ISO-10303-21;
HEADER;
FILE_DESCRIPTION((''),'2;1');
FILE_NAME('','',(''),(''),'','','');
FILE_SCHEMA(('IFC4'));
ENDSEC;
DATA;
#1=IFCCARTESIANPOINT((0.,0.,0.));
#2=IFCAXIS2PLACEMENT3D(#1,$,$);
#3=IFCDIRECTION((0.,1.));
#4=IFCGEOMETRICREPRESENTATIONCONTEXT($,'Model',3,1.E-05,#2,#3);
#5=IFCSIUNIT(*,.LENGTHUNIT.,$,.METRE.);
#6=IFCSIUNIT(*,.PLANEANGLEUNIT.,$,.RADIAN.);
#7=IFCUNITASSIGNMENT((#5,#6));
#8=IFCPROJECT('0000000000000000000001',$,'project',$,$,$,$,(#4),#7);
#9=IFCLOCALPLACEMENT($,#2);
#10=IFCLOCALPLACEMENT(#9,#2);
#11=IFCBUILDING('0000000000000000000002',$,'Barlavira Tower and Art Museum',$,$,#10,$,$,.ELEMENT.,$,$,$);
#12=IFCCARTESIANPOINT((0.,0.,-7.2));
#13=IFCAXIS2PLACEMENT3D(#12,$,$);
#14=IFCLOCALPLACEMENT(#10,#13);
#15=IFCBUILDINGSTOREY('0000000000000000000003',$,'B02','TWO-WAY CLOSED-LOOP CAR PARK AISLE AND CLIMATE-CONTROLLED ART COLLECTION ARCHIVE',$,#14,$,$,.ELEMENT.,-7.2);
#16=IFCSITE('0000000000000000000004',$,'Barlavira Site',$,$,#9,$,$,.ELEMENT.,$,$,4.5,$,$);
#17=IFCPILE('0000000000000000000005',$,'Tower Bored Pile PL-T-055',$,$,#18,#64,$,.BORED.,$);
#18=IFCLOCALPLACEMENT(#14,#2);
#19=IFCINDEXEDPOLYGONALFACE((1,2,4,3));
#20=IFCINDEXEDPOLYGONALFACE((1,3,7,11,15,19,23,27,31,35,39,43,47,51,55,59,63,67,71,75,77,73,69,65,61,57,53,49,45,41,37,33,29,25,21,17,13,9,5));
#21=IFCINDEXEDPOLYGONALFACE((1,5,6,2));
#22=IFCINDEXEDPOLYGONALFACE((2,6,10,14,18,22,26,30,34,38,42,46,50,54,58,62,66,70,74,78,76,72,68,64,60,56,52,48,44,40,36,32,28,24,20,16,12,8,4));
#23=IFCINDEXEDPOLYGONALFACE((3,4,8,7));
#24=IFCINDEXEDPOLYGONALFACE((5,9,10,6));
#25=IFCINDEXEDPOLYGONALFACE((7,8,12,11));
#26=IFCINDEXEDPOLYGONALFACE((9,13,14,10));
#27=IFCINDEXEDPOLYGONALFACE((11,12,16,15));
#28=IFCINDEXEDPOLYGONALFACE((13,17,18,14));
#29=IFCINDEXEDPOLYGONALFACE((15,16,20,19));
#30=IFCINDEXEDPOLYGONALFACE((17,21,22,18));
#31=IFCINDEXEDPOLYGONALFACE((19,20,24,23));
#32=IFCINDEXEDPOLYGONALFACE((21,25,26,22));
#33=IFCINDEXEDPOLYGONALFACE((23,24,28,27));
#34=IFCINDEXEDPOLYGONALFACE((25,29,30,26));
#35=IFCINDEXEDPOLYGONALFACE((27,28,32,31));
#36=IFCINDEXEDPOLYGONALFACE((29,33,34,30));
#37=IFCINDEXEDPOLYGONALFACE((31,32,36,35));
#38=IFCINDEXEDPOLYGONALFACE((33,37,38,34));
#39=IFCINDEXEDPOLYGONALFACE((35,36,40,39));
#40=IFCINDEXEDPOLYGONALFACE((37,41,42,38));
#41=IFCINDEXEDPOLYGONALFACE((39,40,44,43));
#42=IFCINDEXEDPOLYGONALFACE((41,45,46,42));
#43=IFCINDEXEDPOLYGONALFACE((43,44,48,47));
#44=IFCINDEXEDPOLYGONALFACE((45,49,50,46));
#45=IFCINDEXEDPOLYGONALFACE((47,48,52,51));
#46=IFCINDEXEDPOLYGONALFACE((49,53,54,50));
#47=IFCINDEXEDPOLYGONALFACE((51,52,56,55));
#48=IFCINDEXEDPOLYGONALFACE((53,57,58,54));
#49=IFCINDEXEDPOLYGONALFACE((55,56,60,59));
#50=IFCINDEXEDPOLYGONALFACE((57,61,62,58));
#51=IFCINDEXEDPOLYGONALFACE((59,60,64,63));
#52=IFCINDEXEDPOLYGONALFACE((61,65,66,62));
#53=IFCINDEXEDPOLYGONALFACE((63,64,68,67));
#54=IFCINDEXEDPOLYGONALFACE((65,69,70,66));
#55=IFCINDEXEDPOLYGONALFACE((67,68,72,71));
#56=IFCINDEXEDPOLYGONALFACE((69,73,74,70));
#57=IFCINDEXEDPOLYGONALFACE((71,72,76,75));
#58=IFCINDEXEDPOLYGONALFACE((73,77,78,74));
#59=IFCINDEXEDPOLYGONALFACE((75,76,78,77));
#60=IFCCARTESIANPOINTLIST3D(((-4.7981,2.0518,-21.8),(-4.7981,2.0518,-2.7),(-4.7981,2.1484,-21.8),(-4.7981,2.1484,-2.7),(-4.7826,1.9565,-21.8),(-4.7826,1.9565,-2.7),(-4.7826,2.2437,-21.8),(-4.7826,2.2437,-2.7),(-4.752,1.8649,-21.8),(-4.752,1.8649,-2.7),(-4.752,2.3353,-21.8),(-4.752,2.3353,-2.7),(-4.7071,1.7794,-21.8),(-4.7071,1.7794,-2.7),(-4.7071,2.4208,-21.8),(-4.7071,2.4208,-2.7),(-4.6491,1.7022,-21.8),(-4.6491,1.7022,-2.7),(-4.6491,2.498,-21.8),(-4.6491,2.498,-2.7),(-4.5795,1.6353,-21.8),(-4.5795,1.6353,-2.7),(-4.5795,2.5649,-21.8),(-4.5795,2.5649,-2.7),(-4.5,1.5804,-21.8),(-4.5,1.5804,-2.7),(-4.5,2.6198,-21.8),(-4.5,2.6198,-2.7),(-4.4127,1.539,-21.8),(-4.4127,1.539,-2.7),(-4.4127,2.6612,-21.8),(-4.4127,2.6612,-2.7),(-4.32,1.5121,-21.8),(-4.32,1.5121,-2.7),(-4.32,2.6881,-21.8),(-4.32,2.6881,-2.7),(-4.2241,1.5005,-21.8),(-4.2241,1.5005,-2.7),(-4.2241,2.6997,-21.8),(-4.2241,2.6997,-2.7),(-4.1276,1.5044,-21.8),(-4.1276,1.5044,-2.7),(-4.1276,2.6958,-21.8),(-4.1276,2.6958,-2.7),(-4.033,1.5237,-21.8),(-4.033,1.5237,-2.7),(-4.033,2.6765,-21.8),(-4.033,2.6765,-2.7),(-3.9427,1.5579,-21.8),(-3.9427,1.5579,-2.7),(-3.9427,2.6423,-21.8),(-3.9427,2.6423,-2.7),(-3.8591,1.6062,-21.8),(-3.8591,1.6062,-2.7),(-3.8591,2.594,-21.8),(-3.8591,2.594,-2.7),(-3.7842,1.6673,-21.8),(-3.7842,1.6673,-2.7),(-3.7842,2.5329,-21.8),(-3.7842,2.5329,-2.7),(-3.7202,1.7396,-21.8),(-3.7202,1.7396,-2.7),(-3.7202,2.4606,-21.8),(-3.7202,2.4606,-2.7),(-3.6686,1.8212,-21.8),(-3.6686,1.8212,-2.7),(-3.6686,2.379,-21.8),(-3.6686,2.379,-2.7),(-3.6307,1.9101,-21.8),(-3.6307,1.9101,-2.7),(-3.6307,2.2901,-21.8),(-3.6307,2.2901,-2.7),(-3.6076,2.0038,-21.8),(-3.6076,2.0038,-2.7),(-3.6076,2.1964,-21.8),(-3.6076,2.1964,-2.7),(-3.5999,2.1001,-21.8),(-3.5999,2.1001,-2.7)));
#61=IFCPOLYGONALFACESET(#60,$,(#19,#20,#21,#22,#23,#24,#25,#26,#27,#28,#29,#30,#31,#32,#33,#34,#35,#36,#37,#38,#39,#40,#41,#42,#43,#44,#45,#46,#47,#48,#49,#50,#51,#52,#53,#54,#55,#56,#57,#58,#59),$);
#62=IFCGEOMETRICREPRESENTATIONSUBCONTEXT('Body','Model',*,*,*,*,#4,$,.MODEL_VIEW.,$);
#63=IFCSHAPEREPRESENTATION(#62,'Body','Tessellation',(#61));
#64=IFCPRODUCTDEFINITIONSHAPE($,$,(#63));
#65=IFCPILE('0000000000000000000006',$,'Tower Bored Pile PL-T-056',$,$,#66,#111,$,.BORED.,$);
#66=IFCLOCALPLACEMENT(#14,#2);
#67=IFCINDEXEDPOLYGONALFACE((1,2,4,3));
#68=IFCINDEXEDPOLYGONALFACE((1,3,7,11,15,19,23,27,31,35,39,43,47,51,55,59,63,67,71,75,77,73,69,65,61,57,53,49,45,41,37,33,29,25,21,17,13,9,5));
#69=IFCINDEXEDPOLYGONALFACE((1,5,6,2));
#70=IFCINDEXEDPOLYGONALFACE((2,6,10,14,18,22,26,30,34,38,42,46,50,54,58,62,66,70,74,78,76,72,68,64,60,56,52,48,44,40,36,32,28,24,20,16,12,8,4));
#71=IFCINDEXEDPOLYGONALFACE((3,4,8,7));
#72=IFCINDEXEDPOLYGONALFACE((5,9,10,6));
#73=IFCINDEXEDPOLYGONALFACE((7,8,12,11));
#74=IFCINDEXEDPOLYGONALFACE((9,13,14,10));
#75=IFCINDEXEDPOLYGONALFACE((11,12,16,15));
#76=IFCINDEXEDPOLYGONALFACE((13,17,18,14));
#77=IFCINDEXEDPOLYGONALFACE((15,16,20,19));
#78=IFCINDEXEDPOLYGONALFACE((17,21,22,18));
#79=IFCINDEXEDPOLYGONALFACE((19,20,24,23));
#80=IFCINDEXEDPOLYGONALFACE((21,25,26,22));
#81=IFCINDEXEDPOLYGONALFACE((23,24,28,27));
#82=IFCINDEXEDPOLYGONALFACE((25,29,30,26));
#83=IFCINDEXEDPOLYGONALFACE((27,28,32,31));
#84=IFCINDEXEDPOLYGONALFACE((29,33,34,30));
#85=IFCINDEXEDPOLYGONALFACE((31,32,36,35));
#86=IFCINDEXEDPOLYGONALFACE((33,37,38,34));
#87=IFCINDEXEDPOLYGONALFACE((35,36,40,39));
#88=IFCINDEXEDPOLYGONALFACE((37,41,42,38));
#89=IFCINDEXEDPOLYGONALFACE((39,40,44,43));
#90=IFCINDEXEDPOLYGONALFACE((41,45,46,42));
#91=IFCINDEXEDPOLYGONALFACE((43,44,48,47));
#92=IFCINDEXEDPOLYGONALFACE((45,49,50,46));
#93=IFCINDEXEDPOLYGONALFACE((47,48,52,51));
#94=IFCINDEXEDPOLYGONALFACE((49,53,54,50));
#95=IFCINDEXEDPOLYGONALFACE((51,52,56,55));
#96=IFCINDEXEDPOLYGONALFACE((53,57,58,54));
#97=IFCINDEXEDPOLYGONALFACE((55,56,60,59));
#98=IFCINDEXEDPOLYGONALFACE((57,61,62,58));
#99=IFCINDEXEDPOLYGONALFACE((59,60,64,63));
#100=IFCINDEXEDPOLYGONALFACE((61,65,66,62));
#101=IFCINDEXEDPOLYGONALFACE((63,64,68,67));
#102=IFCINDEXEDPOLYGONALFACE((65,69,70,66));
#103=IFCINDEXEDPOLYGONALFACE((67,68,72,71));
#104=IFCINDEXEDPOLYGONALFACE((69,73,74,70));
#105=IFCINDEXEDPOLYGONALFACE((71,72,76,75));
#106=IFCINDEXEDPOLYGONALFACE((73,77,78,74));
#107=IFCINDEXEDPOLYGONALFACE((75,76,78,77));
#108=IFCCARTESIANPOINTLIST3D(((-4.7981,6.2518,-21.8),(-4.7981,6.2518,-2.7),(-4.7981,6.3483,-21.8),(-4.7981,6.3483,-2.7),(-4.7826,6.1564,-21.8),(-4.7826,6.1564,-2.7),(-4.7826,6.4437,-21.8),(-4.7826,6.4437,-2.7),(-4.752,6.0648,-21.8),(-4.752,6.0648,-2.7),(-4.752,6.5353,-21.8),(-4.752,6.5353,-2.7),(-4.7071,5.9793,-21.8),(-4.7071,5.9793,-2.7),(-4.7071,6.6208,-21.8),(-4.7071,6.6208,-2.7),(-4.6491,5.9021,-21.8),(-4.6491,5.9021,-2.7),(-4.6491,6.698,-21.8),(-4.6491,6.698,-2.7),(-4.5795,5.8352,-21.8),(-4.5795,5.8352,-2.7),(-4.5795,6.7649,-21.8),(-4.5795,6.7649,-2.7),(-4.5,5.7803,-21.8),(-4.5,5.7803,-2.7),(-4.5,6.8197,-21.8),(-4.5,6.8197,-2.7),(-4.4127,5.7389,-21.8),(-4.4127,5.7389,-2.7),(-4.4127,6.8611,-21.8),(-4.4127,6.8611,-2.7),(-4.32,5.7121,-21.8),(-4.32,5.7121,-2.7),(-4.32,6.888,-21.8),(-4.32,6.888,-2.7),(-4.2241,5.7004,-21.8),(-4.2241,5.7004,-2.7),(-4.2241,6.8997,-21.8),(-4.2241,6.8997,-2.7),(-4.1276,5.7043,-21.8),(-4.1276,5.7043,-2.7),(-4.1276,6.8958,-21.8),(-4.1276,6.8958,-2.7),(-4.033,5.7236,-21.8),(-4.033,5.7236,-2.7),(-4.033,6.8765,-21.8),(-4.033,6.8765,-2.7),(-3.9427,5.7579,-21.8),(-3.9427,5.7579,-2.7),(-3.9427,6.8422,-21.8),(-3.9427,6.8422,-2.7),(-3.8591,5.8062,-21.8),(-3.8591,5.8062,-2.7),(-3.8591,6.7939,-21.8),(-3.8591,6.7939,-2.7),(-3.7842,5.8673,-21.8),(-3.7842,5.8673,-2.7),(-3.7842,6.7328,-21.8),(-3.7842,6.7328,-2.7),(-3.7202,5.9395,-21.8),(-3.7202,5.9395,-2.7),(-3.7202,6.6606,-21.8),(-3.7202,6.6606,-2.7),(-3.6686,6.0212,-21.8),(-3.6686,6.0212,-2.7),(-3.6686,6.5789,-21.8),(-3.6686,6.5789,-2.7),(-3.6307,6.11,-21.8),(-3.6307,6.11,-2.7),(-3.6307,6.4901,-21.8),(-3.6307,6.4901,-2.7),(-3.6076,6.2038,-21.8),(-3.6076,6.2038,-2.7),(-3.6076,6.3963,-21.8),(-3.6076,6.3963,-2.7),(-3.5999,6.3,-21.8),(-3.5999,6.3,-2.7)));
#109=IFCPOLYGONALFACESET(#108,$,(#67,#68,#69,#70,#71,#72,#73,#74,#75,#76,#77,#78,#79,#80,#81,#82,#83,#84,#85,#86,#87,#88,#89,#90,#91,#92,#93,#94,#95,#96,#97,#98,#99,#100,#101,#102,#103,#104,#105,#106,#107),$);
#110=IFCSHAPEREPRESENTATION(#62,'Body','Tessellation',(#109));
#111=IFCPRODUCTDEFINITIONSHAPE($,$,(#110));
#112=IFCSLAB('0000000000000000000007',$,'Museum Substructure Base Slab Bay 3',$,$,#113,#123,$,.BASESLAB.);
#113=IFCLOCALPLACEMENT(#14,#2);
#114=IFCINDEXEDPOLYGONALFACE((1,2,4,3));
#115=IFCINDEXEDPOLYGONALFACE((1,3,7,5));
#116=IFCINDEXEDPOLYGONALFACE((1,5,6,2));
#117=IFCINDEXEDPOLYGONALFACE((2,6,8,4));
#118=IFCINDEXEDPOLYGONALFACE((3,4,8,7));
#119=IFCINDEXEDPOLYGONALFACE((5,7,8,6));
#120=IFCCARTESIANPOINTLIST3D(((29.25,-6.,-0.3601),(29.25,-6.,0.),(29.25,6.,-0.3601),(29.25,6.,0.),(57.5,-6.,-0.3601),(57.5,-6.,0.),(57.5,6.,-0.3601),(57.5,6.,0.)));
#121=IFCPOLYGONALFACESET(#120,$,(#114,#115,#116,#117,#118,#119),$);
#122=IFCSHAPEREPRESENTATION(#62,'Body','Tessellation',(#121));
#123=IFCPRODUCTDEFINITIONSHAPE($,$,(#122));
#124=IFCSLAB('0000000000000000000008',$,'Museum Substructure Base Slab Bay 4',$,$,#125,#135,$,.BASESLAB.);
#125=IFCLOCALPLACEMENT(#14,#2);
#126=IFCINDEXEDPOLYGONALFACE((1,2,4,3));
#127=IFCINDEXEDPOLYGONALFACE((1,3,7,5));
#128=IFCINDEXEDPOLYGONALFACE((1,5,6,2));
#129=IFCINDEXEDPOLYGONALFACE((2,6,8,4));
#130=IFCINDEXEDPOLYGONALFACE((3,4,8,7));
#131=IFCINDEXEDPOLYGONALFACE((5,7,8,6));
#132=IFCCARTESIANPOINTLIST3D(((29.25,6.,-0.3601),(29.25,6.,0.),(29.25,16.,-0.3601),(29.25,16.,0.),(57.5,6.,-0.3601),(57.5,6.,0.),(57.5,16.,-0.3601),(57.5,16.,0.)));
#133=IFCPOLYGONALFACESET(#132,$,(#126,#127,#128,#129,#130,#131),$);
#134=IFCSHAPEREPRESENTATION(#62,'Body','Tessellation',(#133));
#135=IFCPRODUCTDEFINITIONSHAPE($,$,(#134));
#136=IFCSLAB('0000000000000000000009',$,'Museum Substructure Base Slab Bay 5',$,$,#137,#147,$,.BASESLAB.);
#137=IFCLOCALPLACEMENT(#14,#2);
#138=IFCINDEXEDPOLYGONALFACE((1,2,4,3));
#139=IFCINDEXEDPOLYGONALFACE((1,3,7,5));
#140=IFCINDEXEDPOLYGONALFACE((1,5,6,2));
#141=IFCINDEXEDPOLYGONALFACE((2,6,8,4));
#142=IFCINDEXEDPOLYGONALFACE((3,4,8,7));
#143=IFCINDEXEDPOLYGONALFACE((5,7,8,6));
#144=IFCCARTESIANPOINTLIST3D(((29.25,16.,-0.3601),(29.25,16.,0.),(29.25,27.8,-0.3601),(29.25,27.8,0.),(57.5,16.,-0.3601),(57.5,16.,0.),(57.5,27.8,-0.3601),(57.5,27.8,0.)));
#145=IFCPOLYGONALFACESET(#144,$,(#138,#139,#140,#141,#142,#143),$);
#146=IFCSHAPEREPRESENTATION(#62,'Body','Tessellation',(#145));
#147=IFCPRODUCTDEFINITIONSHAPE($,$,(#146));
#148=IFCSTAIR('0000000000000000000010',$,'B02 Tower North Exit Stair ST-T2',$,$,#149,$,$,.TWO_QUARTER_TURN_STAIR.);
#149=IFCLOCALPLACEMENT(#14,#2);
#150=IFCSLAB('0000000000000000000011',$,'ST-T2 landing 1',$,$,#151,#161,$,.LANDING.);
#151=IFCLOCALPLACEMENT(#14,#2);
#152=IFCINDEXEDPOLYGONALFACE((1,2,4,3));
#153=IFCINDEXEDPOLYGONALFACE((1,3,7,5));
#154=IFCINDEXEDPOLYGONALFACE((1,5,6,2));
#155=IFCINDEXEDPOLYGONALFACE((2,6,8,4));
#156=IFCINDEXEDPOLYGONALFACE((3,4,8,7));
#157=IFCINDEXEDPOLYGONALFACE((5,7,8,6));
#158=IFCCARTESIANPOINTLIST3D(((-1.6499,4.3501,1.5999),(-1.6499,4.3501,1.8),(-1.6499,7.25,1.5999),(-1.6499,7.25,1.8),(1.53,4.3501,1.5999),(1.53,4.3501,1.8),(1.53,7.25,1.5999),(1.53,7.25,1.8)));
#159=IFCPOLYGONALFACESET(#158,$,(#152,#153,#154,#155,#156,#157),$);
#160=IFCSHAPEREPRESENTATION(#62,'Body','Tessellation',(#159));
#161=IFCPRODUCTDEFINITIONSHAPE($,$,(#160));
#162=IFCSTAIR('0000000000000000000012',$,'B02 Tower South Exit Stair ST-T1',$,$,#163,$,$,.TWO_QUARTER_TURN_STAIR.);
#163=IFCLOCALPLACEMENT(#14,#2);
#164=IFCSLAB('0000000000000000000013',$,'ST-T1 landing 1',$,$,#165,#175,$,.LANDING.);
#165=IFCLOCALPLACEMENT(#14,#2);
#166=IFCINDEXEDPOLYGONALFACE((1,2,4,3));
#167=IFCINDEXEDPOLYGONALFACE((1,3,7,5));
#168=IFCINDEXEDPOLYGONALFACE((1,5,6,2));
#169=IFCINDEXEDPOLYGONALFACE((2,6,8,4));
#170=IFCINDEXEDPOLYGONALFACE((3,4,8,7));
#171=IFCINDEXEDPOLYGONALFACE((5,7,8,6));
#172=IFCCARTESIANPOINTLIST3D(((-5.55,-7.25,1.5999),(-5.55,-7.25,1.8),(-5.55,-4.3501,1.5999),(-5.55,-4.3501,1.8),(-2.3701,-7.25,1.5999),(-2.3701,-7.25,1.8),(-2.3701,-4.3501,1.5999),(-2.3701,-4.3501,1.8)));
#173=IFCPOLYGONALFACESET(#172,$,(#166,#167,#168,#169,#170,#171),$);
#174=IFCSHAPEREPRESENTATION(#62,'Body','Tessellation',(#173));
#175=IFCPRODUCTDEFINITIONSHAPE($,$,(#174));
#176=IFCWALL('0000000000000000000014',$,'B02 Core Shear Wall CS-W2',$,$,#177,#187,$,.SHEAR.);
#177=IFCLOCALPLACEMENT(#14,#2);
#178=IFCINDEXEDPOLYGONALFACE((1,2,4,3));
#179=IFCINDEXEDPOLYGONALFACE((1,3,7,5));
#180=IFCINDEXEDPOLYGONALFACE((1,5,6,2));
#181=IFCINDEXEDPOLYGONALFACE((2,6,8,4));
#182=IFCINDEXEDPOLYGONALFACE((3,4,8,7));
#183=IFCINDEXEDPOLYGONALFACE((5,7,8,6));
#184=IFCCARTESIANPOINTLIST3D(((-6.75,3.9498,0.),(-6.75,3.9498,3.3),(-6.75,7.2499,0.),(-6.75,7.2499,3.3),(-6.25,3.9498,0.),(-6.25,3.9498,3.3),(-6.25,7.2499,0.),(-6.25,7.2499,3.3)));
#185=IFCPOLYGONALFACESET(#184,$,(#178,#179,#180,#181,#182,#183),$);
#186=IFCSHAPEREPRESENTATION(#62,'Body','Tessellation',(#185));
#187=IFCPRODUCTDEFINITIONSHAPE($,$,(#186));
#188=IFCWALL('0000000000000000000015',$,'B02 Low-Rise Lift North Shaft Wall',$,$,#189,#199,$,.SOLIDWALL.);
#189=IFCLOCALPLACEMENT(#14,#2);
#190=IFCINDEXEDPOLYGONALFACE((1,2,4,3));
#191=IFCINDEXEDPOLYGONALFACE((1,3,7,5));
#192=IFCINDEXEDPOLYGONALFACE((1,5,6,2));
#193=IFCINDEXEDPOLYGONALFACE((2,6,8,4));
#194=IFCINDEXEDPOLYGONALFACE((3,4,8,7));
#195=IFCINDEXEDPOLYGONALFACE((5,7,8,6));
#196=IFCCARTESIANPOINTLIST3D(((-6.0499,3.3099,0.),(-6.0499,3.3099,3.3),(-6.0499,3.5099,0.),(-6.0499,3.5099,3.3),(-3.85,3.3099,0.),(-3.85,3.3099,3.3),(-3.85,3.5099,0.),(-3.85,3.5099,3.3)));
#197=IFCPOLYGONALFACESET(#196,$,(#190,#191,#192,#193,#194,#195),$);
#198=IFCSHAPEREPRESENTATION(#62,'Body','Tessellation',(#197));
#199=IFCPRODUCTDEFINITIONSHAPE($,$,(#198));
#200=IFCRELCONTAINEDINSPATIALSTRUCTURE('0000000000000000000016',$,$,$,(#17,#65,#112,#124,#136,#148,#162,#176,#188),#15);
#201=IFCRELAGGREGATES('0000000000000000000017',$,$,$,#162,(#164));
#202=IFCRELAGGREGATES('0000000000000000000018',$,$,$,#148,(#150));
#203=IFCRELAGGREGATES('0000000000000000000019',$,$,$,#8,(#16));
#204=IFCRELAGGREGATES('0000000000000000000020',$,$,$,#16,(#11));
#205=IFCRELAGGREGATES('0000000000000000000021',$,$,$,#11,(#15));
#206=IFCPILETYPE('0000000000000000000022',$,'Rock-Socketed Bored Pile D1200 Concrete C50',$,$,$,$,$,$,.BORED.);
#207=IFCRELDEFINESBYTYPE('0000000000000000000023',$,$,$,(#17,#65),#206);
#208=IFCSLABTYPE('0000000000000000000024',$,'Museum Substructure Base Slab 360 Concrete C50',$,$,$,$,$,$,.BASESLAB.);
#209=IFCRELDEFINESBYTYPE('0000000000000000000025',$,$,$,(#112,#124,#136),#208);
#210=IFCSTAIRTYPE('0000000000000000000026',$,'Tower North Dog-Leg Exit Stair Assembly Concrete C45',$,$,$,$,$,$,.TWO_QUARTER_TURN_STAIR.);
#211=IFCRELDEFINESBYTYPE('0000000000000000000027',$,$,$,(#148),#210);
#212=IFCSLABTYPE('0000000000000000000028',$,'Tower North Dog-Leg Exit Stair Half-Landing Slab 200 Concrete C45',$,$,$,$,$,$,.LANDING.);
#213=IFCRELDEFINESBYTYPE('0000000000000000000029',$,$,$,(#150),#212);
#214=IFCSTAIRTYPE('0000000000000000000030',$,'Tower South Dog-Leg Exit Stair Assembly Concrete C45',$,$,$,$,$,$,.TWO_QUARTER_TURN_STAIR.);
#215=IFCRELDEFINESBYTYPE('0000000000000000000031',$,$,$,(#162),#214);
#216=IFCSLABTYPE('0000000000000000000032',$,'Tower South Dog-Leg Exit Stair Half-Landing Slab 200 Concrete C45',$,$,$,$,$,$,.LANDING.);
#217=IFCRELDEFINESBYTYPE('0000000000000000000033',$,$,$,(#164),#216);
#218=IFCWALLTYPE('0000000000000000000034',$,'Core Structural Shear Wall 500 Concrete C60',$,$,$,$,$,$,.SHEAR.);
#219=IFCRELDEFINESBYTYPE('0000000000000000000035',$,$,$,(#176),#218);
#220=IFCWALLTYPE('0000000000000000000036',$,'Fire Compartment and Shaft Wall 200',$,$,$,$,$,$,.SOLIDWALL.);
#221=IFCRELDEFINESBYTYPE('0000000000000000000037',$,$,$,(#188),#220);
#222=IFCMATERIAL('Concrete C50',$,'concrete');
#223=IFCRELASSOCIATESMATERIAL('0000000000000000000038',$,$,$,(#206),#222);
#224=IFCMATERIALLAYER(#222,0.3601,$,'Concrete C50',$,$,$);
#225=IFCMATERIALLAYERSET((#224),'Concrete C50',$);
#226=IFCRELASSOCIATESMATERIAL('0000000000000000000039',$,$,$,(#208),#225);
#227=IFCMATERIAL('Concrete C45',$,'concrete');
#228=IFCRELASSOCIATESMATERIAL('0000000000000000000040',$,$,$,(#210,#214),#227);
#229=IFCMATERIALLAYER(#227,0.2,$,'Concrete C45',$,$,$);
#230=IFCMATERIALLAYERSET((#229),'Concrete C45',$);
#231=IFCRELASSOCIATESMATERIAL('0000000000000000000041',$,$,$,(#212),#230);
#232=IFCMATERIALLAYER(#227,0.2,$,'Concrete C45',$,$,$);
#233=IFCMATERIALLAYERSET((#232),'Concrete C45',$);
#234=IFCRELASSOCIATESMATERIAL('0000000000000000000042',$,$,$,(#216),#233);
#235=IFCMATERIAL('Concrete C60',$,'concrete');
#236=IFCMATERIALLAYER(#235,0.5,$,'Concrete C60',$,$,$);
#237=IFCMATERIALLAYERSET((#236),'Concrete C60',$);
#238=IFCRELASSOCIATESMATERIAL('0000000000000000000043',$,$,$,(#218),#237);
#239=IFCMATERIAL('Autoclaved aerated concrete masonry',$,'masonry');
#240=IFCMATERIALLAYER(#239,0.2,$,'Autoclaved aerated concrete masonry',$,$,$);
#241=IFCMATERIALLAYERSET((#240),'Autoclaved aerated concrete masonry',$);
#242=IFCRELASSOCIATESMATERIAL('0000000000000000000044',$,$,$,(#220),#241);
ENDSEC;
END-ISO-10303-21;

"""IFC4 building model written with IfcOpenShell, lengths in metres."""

from ifc_helpers import new_model, si_unit, direction, frame, frame_2d, origin, origin_2d, place, context, subcontext, project, spatial, polyline, rectangle, circle, outline, extrude, material, layer, layer_set, material_profile, profile_set, type_object, element, aggregate, save


model = new_model("IFC4")

# Units and contexts
model_context = context("Model", 3, precision=1e-05, world=origin(), true_north=direction((0.0, 1.0)))
body_context = subcontext(model_context, "Body", "Model", "MODEL_VIEW")
ifc_project = project(units=[si_unit("LENGTHUNIT", "METRE"), si_unit("PLANEANGLEUNIT", "RADIAN")], contexts=[model_context])

# Site, building, storey
site_placement = place(None, origin())
site = spatial("IfcSite", under=ifc_project, at=site_placement, Name="Barlavira Site", CompositionType="ELEMENT", RefElevation=4.5)
building_placement = place(site_placement, origin())
building = spatial("IfcBuilding", under=site, at=building_placement, Name="Barlavira Tower and Art Museum", CompositionType="ELEMENT")
storey_placement = place(building_placement, frame((0.0, 0.0, -7.2)))
storey = spatial("IfcBuildingStorey", under=building, at=storey_placement, Name="B02", Description="TWO-WAY CLOSED-LOOP CAR PARK AISLE AND CLIMATE-CONTROLLED ART COLLECTION ARCHIVE", CompositionType="ELEMENT", Elevation=-7.2)

# Piles
ifc_material_1 = material(Name="Concrete C50", Category="concrete")
ifc_material_profile = material_profile(ifc_material_1, circle(Radius=0.6001, at=origin_2d()), Name="BORED PILE D1200")
ifc_profile_set = profile_set([ifc_material_profile], Name="Concrete C50")
pile_type = type_object("IfcPileType", Name="Rock-Socketed Bored Pile D1200 Concrete C50", PredefinedType="BORED", material=ifc_profile_set)
for number, where, z_axis, x_axis, name in (
    (1, (-4.2, 2.1001, -2.7), (0.0, 0.0, -1.0), (1.0, 0.0, 0.0), "Tower Bored Pile PL-T-055"),
    (2, (-4.2, 6.3, -2.7), (0.0, 0.0, -1.0), (1.0, 0.0, 0.0), "Tower Bored Pile PL-T-056"),
):
    element("IfcPile", number, at=place(storey_placement, frame(where, z_axis=z_axis, x_axis=x_axis)), inside=storey, type_object=pile_type, Name=name, PredefinedType="BORED", context=body_context, shape_type="SweptSolid", body=[
        extrude(circle(Radius=0.6001, at=origin_2d()), origin(), (0.0, 0.0, 1.0), 19.1001),
    ])

# Slabs
ifc_layer_1 = layer(ifc_material_1, 0.3601, Name="Concrete C50")
ifc_layer_set_1 = layer_set([ifc_layer_1], Name="Concrete C50")
slab_type_1 = type_object("IfcSlabType", Name="Museum Substructure Base Slab 360 Concrete C50", PredefinedType="BASESLAB", material=ifc_layer_set_1)
slab_1_placement = place(storey_placement, frame((0.0, 0.0, -0.3601)))
element("IfcSlab", 3, at=slab_1_placement, inside=storey, type_object=slab_type_1, Name="Museum Substructure Base Slab Bay 3", PredefinedType="BASESLAB", context=body_context, shape_type="SweptSolid", body=[
    extrude(outline(polyline([(29.25, -6.0), (57.5, -6.0), (57.5, 6.0), (29.25, 6.0), (29.25, -6.0)])), origin(), (0.0, 0.0, 1.0), 0.3601),
])
slab_2_placement = place(storey_placement, frame((0.0, 0.0, -0.3601)))
element("IfcSlab", 4, at=slab_2_placement, inside=storey, type_object=slab_type_1, Name="Museum Substructure Base Slab Bay 4", PredefinedType="BASESLAB", context=body_context, shape_type="SweptSolid", body=[
    extrude(outline(polyline([(29.25, 6.0), (57.5, 6.0), (57.5, 16.0), (29.25, 16.0), (29.25, 6.0)])), origin(), (0.0, 0.0, 1.0), 0.3601),
])
slab_3_placement = place(storey_placement, frame((0.0, 0.0, -0.3601)))
element("IfcSlab", 5, at=slab_3_placement, inside=storey, type_object=slab_type_1, Name="Museum Substructure Base Slab Bay 5", PredefinedType="BASESLAB", context=body_context, shape_type="SweptSolid", body=[
    extrude(outline(polyline([(29.25, 16.0), (57.5, 16.0), (57.5, 27.8), (29.25, 27.8), (29.25, 16.0)])), origin(), (0.0, 0.0, 1.0), 0.3601),
])

# Stairs, slabs
ifc_material_2 = material(Name="Concrete C45", Category="concrete")
stair_type_1 = type_object("IfcStairType", Name="Tower North Dog-Leg Exit Stair Assembly Concrete C45", PredefinedType="TWO_QUARTER_TURN_STAIR", material=ifc_material_2)
stair_1_placement = place(storey_placement, origin())
stair_1 = element("IfcStair", 6, at=stair_1_placement, inside=storey, type_object=stair_type_1, Name="B02 Tower North Exit Stair ST-T2", PredefinedType="TWO_QUARTER_TURN_STAIR")
ifc_layer_2 = layer(ifc_material_2, 0.2, Name="Concrete C45")
ifc_layer_set_2 = layer_set([ifc_layer_2], Name="Concrete C45")
slab_type_2 = type_object("IfcSlabType", Name="Tower North Dog-Leg Exit Stair Half-Landing Slab 200 Concrete C45", PredefinedType="LANDING", material=ifc_layer_set_2)
slab_4_placement = place(storey_placement, frame((0.0, 0.0, 1.5999)))
slab_4 = element("IfcSlab", 7, at=slab_4_placement, type_object=slab_type_2, Name="ST-T2 landing 1", PredefinedType="LANDING", context=body_context, shape_type="SweptSolid", body=[
    extrude(outline(polyline([(-1.6499, 4.3501), (1.53, 4.3501), (1.53, 7.25), (-1.6499, 7.25), (-1.6499, 4.3501)])), origin(), (0.0, 0.0, 1.0), 0.2002),
])
stair_type_2 = type_object("IfcStairType", Name="Tower South Dog-Leg Exit Stair Assembly Concrete C45", PredefinedType="TWO_QUARTER_TURN_STAIR", material=ifc_material_2)
stair_2_placement = place(storey_placement, origin())
stair_2 = element("IfcStair", 8, at=stair_2_placement, inside=storey, type_object=stair_type_2, Name="B02 Tower South Exit Stair ST-T1", PredefinedType="TWO_QUARTER_TURN_STAIR")
ifc_layer_3 = layer(ifc_material_2, 0.2, Name="Concrete C45")
ifc_layer_set_3 = layer_set([ifc_layer_3], Name="Concrete C45")
slab_type_3 = type_object("IfcSlabType", Name="Tower South Dog-Leg Exit Stair Half-Landing Slab 200 Concrete C45", PredefinedType="LANDING", material=ifc_layer_set_3)
slab_5_placement = place(storey_placement, frame((0.0, 0.0, 1.5999)))
slab_5 = element("IfcSlab", 9, at=slab_5_placement, type_object=slab_type_3, Name="ST-T1 landing 1", PredefinedType="LANDING", context=body_context, shape_type="SweptSolid", body=[
    extrude(outline(polyline([(-2.3701, -4.3501), (-5.55, -4.3501), (-5.55, -7.25), (-2.3701, -7.25), (-2.3701, -4.3501)])), origin(), (0.0, 0.0, 1.0), 0.2002),
])
aggregate(stair_2, [slab_5])

# Walls
ifc_material_3 = material(Name="Concrete C60", Category="concrete")
ifc_layer_4 = layer(ifc_material_3, 0.5, Name="Concrete C60")
ifc_layer_set_4 = layer_set([ifc_layer_4], Name="Concrete C60")
wall_type_1 = type_object("IfcWallType", Name="Core Structural Shear Wall 500 Concrete C60", PredefinedType="SHEAR", material=ifc_layer_set_4)
wall_1_placement = place(storey_placement, frame((-6.5, 3.95, 0.0), z_axis=(0.0, 0.0, 1.0), x_axis=(0.0, 1.0, 0.0)))
element("IfcWall", 10, at=wall_1_placement, inside=storey, type_object=wall_type_1, Name="B02 Core Shear Wall CS-W2", PredefinedType="SHEAR", context=body_context, shape_type="SweptSolid", body=[
    extrude(rectangle(XDim=3.3, YDim=0.5, at=frame_2d((1.6499, 0.0))), origin(), (0.0, 0.0, 1.0), 3.3),
])
ifc_material_4 = material(Name="Autoclaved aerated concrete masonry", Category="masonry")
ifc_layer_5 = layer(ifc_material_4, 0.2, Name="Autoclaved aerated concrete masonry")
ifc_layer_set_5 = layer_set([ifc_layer_5], Name="Autoclaved aerated concrete masonry")
wall_type_2 = type_object("IfcWallType", Name="Fire Compartment and Shaft Wall 200", PredefinedType="SOLIDWALL", material=ifc_layer_set_5)
wall_2_placement = place(storey_placement, frame((-6.05, 3.4099, 0.0), z_axis=(0.0, 0.0, 1.0), x_axis=(1.0, 0.0, 0.0)))
element("IfcWall", 11, at=wall_2_placement, inside=storey, type_object=wall_type_2, Name="B02 Low-Rise Lift North Shaft Wall", PredefinedType="SOLIDWALL", context=body_context, shape_type="SweptSolid", body=[
    extrude(rectangle(XDim=2.2, YDim=0.2, at=frame_2d((1.1001, 0.0))), origin(), (0.0, 0.0, 1.0), 3.3),
])

aggregate(stair_1, [slab_4])

save(model, "model.ifc")
